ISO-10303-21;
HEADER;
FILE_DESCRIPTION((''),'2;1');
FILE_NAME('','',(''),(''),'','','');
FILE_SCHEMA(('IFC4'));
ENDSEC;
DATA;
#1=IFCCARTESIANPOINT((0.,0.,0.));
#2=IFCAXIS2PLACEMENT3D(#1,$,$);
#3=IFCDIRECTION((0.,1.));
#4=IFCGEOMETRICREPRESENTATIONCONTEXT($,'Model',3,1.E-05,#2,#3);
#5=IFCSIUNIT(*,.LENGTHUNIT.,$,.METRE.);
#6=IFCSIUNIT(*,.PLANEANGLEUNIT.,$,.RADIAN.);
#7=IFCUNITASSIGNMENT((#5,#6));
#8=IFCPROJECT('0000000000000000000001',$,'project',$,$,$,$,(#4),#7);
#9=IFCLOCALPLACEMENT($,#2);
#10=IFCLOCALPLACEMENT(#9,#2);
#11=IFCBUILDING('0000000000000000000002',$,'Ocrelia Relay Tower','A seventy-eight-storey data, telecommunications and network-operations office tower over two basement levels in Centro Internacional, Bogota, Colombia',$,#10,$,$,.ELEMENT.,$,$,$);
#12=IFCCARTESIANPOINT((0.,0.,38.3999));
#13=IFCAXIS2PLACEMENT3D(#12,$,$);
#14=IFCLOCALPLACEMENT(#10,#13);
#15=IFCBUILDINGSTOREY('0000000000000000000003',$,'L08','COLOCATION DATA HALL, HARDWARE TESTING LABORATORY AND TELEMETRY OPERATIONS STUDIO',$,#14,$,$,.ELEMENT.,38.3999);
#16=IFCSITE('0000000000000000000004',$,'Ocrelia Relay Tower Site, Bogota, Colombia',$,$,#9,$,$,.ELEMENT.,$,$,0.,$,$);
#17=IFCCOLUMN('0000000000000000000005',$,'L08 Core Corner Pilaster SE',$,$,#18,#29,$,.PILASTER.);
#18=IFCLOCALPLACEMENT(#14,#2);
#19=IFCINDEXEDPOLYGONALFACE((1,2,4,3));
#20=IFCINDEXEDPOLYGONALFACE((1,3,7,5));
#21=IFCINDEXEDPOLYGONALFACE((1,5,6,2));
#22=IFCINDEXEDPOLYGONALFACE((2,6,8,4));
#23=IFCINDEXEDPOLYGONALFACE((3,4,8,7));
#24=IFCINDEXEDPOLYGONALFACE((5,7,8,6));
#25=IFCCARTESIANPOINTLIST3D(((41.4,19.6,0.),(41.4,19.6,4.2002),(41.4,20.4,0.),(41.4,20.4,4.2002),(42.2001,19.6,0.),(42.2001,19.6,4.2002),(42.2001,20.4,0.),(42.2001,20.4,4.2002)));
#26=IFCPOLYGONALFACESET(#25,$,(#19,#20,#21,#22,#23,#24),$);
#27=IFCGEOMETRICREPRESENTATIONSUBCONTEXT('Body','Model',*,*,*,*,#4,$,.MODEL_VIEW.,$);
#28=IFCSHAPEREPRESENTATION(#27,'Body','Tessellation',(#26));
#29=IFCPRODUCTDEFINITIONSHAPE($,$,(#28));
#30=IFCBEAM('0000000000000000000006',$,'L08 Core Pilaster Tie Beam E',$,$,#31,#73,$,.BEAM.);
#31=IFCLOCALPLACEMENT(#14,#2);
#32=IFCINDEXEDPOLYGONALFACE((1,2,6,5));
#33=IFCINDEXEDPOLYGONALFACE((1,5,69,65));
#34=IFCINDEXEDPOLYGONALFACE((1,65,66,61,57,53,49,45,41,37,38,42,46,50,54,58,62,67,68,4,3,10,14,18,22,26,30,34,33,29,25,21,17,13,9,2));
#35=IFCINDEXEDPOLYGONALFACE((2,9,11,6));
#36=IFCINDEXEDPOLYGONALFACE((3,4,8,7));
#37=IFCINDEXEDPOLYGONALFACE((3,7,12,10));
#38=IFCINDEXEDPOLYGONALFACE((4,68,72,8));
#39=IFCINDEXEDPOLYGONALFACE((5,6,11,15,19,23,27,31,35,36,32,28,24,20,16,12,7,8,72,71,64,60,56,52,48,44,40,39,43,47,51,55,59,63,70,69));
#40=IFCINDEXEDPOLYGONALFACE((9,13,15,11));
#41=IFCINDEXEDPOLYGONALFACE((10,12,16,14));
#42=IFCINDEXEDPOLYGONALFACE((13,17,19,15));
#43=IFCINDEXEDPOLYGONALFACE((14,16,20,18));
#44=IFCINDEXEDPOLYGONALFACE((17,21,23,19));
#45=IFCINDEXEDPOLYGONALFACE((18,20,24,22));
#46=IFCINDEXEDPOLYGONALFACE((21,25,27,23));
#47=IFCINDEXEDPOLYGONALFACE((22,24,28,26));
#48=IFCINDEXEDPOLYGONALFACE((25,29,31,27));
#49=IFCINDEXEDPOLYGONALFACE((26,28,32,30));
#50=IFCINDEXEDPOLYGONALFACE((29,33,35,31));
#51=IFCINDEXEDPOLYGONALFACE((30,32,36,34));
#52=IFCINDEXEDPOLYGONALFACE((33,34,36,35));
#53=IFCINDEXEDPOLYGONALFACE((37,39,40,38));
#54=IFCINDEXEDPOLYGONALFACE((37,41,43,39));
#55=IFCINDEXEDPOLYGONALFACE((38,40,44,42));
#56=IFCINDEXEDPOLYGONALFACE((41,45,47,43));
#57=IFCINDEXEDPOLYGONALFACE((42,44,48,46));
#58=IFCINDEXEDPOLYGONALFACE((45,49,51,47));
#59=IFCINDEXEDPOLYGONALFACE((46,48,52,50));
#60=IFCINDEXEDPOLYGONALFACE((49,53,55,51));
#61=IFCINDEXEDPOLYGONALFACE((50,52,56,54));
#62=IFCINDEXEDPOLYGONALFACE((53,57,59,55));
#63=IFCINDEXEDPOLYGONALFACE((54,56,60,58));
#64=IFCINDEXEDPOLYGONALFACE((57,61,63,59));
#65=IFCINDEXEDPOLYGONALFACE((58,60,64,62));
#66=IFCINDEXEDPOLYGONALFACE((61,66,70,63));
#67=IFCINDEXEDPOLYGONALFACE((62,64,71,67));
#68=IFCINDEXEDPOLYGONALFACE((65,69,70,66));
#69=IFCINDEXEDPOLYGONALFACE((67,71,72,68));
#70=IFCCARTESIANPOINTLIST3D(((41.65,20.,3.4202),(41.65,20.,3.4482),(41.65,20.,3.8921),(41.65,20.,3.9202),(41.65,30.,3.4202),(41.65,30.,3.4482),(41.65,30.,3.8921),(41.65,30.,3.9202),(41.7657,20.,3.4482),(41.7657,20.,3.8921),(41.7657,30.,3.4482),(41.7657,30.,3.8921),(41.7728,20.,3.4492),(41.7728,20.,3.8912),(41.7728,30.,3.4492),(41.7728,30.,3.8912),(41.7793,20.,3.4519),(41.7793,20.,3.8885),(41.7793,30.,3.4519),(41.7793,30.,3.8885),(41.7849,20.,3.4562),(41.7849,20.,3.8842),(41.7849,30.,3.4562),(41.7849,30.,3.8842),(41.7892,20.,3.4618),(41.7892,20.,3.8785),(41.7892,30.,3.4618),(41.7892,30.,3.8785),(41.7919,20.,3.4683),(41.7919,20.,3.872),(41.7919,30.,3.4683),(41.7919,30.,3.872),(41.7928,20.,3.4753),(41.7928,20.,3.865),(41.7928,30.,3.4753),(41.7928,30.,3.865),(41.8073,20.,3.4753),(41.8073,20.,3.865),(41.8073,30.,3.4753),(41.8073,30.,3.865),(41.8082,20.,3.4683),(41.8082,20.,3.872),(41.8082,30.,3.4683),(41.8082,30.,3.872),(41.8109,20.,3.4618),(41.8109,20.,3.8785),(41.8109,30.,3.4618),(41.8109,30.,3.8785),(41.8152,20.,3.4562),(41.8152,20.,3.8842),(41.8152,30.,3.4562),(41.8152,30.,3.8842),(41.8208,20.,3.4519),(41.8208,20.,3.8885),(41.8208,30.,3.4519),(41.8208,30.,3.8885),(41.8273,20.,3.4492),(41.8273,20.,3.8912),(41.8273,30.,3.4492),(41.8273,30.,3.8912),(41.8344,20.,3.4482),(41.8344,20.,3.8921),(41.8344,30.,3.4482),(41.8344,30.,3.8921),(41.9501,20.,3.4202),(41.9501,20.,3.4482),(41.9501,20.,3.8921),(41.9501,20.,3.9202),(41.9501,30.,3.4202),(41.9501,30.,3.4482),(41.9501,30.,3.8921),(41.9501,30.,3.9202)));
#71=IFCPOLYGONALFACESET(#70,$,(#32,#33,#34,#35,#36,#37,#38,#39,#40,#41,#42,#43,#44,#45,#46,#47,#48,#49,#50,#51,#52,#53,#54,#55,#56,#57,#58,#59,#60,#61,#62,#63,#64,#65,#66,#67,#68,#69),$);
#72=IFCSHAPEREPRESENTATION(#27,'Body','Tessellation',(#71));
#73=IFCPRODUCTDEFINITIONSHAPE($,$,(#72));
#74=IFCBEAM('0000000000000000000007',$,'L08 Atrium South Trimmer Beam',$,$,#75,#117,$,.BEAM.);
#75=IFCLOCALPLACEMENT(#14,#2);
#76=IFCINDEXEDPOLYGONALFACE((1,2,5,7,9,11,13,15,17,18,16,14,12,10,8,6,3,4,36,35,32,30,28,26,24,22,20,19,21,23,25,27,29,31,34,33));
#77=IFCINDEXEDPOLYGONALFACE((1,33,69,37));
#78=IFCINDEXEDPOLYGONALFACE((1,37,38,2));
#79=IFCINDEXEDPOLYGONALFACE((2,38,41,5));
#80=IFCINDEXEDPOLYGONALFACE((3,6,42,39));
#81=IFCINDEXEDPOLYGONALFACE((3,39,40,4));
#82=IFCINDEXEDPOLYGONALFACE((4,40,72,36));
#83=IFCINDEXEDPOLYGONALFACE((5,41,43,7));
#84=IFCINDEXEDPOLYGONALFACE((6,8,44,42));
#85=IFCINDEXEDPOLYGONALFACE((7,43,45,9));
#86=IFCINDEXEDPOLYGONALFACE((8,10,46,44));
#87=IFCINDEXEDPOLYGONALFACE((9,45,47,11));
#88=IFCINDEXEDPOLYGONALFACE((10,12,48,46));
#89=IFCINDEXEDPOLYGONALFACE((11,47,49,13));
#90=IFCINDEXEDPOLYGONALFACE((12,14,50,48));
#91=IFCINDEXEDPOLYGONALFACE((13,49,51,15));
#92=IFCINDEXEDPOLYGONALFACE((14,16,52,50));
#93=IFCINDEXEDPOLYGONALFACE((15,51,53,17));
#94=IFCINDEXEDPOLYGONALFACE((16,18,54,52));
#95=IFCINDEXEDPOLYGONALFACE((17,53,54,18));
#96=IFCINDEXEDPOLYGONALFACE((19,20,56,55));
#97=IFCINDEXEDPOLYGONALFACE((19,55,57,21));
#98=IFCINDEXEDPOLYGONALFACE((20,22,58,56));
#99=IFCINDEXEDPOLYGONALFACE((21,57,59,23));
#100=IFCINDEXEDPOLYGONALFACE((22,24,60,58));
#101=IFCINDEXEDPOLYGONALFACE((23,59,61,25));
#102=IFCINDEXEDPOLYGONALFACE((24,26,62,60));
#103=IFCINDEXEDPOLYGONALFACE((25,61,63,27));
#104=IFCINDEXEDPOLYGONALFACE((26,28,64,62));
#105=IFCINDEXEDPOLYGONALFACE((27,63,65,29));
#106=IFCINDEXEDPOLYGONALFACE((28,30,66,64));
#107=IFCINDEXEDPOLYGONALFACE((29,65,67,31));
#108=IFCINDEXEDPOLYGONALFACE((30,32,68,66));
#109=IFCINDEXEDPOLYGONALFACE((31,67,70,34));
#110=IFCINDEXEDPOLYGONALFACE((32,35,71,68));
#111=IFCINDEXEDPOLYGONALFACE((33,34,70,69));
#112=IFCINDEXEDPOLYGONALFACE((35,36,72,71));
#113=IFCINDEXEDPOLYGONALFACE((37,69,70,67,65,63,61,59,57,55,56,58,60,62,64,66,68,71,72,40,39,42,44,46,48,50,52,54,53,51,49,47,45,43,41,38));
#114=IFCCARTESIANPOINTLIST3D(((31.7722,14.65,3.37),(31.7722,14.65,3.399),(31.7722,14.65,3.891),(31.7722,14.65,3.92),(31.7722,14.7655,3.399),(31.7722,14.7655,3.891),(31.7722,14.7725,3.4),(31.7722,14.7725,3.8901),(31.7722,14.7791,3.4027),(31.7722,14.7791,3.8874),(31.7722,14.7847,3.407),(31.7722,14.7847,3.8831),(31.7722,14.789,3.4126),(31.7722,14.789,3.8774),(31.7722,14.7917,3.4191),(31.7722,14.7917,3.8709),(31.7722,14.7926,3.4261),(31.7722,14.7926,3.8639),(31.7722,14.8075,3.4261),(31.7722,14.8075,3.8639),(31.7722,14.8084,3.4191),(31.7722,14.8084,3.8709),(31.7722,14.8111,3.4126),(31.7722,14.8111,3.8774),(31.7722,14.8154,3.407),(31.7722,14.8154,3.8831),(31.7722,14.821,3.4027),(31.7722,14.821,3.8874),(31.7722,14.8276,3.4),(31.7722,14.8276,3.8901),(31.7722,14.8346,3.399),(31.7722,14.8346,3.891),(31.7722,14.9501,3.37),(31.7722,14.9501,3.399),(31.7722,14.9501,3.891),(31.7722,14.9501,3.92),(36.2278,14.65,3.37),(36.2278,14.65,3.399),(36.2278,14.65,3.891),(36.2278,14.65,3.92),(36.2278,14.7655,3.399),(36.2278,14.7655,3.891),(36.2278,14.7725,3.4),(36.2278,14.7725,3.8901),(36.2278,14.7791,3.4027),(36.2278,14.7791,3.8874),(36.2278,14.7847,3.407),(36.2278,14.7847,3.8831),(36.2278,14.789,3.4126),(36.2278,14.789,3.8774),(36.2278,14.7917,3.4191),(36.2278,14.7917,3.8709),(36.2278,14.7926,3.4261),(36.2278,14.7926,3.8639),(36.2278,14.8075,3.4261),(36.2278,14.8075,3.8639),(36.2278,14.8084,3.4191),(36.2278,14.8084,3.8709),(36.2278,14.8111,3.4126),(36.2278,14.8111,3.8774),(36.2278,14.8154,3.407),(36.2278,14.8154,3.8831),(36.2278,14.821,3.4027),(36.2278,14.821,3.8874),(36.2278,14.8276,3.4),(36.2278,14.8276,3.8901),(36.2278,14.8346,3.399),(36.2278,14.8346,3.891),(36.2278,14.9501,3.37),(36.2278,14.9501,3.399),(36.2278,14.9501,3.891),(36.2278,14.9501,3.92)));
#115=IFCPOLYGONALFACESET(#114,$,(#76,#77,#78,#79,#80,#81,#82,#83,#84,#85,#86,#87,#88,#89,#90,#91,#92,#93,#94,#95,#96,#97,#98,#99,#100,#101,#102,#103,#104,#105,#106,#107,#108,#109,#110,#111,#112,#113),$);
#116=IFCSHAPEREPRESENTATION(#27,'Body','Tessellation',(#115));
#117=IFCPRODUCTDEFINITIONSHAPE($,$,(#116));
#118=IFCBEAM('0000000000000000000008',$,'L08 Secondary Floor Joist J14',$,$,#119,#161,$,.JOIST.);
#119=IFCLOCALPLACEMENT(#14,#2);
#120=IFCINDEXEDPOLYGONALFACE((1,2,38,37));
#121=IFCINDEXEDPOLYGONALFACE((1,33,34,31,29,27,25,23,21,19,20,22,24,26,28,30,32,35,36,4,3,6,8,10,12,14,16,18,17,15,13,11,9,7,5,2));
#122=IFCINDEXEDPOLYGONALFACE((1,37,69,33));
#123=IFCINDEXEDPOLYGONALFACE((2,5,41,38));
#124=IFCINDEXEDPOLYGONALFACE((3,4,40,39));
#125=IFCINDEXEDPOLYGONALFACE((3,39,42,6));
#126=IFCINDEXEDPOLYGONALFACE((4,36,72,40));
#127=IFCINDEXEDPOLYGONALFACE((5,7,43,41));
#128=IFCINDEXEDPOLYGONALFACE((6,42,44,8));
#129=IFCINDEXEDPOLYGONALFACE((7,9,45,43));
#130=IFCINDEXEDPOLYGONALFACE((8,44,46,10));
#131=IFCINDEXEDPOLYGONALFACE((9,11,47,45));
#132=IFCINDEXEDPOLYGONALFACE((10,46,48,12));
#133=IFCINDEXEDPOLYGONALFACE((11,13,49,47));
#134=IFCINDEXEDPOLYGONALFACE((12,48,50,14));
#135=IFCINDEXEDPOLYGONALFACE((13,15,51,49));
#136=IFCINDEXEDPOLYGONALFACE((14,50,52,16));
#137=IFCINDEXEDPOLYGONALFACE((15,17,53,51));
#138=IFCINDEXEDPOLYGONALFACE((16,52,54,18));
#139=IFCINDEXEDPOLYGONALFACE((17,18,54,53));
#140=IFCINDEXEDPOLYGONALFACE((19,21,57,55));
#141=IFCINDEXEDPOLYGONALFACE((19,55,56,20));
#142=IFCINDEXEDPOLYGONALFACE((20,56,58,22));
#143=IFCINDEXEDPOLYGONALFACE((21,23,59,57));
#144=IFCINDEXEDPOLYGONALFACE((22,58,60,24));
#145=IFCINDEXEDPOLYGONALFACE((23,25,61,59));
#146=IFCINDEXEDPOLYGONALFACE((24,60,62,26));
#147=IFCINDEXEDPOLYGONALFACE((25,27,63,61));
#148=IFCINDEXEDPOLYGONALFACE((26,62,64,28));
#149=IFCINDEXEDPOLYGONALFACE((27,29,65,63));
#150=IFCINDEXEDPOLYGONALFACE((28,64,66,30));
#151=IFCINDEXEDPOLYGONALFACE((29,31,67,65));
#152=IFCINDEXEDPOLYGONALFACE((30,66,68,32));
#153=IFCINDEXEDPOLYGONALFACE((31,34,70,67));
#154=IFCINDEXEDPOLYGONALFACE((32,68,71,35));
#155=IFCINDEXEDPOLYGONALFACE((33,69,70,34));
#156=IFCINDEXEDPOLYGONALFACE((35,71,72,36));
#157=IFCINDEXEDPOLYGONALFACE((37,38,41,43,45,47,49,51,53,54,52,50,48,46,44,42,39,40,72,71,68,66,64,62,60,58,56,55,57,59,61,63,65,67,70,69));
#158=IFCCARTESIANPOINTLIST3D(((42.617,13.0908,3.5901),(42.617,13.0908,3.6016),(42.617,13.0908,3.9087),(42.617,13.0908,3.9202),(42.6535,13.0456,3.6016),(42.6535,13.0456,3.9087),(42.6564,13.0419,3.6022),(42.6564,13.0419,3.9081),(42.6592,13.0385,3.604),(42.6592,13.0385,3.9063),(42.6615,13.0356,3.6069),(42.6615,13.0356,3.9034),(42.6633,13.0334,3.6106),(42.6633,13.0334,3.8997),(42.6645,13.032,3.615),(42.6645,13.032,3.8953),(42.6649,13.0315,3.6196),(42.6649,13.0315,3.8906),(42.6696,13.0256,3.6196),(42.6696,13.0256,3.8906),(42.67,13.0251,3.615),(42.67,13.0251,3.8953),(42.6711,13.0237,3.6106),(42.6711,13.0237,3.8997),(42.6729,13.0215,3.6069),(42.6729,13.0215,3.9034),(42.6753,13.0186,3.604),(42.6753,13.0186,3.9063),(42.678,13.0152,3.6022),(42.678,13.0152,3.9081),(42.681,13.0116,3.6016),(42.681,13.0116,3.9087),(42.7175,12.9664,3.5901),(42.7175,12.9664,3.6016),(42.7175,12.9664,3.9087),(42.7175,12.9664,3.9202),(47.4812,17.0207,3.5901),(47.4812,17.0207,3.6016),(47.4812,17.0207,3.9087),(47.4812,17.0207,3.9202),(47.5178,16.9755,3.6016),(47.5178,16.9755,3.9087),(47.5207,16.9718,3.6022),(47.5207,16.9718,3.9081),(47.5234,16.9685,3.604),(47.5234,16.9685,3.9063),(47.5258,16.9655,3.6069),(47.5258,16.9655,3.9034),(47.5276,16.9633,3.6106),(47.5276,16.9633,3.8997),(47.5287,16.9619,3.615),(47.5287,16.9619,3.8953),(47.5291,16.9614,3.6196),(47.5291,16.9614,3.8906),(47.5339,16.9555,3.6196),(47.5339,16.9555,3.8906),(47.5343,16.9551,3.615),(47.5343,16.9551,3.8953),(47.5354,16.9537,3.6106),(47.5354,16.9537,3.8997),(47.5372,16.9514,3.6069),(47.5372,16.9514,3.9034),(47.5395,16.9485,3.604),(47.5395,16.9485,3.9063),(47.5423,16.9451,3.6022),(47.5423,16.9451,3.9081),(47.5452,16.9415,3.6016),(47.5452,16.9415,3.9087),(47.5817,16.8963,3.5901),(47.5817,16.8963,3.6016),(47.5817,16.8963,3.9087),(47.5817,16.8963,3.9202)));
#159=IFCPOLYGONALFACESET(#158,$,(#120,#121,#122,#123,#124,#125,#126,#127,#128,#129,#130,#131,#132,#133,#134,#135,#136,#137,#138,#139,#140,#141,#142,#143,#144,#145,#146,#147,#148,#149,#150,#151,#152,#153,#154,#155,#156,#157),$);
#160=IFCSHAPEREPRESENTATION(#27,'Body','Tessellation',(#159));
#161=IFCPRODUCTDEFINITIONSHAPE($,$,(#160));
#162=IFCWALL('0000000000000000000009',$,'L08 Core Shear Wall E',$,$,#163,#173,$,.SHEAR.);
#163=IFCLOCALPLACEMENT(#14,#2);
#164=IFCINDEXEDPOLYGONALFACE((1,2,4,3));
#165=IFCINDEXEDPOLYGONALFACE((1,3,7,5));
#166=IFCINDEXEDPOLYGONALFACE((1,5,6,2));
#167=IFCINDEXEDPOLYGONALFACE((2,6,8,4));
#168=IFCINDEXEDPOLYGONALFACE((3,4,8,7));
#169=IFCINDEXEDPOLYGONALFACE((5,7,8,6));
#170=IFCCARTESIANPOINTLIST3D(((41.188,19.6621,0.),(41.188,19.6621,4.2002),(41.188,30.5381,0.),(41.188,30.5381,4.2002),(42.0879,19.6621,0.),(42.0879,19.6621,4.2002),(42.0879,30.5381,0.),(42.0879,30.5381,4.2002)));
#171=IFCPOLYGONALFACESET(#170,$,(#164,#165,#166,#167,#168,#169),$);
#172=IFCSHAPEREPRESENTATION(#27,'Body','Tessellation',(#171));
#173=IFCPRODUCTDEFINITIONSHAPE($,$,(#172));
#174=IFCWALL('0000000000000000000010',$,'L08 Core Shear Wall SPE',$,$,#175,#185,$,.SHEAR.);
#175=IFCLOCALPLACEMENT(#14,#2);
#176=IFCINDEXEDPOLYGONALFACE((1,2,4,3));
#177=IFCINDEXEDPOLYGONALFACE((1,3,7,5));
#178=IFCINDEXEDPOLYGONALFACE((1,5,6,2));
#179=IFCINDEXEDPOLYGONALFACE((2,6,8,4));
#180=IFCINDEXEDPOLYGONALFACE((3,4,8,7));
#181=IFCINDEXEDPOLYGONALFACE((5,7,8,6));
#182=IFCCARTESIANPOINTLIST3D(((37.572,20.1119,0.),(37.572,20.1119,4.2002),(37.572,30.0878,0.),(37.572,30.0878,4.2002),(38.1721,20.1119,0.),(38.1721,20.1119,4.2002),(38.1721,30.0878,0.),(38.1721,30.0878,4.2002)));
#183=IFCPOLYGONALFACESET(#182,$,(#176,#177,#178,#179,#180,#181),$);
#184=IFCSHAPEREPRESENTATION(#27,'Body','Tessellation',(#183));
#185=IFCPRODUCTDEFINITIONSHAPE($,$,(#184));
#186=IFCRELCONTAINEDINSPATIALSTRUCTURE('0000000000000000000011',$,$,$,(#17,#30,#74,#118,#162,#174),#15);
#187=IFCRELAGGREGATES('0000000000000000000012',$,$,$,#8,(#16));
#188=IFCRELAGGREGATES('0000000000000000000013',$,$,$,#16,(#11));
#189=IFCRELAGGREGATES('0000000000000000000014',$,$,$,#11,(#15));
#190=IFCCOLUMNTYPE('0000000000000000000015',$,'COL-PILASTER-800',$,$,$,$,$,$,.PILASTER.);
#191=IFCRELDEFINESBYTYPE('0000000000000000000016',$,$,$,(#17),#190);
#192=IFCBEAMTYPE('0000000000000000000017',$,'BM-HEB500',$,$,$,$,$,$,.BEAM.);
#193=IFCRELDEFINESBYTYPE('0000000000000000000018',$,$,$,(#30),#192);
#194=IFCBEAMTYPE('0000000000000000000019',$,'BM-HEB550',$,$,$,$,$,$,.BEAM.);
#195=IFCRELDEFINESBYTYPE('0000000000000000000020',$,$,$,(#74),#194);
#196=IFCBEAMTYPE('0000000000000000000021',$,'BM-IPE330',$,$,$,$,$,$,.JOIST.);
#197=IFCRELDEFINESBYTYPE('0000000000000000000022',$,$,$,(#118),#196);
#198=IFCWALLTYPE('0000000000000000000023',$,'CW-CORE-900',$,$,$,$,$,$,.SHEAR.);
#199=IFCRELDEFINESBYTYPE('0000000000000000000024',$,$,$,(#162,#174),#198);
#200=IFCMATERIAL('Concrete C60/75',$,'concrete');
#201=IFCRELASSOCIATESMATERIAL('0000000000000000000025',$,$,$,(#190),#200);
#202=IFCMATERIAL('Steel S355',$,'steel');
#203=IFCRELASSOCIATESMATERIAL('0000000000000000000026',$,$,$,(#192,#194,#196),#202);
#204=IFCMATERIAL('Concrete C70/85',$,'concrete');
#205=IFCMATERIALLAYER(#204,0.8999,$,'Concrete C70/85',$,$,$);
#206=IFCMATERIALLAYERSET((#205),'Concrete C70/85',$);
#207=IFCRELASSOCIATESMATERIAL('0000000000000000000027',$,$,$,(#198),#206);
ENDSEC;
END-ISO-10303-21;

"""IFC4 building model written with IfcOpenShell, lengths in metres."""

from ifc_helpers import new_model, si_unit, direction, frame, frame_2d, origin, origin_2d, place, context, subcontext, project, spatial, rectangle, i_section, extrude, material, layer, layer_set, material_profile, profile_set, type_object, element, save


model = new_model("IFC4")

# Units and contexts
model_context = context("Model", 3, precision=1e-05, world=origin(), true_north=direction((0.0, 1.0)))
body_context = subcontext(model_context, "Body", "Model", "MODEL_VIEW")
ifc_project = project(units=[si_unit("LENGTHUNIT", "METRE"), si_unit("PLANEANGLEUNIT", "RADIAN")], contexts=[model_context])

# Site, building, storey
site_placement = place(None, origin())
site = spatial("IfcSite", under=ifc_project, at=site_placement, Name="Ocrelia Relay Tower Site, Bogota, Colombia", CompositionType="ELEMENT", RefElevation=0.0)
building_placement = place(site_placement, origin())
building = spatial("IfcBuilding", under=site, at=building_placement, Name="Ocrelia Relay Tower", Description="A seventy-eight-storey data, telecommunications and network-operations office tower over two basement levels in Centro Internacional, Bogota, Colombia", CompositionType="ELEMENT")
storey_placement = place(building_placement, frame((0.0, 0.0, 38.3999)))
storey = spatial("IfcBuildingStorey", under=building, at=storey_placement, Name="L08", Description="COLOCATION DATA HALL, HARDWARE TESTING LABORATORY AND TELEMETRY OPERATIONS STUDIO", CompositionType="ELEMENT", Elevation=38.3999)

# Column
ifc_material_1 = material(Name="Concrete C60/75", Category="concrete")
ifc_material_profile_1 = material_profile(ifc_material_1, rectangle(XDim=0.8, YDim=0.8, at=origin_2d()), Name="RC-COL-800x800")
ifc_profile_set_1 = profile_set([ifc_material_profile_1], Name="Concrete C60/75")
column_type = type_object("IfcColumnType", Name="COL-PILASTER-800", PredefinedType="PILASTER", material=ifc_profile_set_1)
column_placement = place(storey_placement, frame((41.8, 20.0, 0.0), z_axis=(0.0, 0.0, 1.0), x_axis=(1.0, 0.0, 0.0)))
element("IfcColumn", 1, at=column_placement, inside=storey, type_object=column_type, Name="L08 Core Corner Pilaster SE", PredefinedType="PILASTER", context=body_context, shape_type="SweptSolid", body=[
    extrude(rectangle(XDim=0.8, YDim=0.8, at=origin_2d()), origin(), (0.0, 0.0, 1.0), 4.2002),
])

# Beams
ifc_material_2 = material(Name="Steel S355", Category="steel")
ifc_material_profile_2 = material_profile(ifc_material_2, i_section(OverallWidth=0.3, OverallDepth=0.5, WebThickness=0.0144, FlangeThickness=0.0281, FilletRadius=0.0271, at=origin_2d()), Name="HEB 500")
ifc_profile_set_2 = profile_set([ifc_material_profile_2], Name="Steel S355")
beam_type_1 = type_object("IfcBeamType", Name="BM-HEB500", PredefinedType="BEAM", material=ifc_profile_set_2)
beam_1_placement = place(storey_placement, frame((41.8, 20.0, 3.6702), z_axis=(0.0, 1.0, 0.0), x_axis=(-1.0, 0.0, 0.0)))
element("IfcBeam", 2, at=beam_1_placement, inside=storey, type_object=beam_type_1, Name="L08 Core Pilaster Tie Beam E", PredefinedType="BEAM", context=body_context, shape_type="SweptSolid", body=[
    extrude(i_section(OverallWidth=0.3, OverallDepth=0.5, WebThickness=0.0144, FlangeThickness=0.0281, FilletRadius=0.0271, at=origin_2d()), origin(), (0.0, 0.0, 1.0), 10.0),
])
ifc_material_profile_3 = material_profile(ifc_material_2, i_section(OverallWidth=0.3, OverallDepth=0.55, WebThickness=0.0149, FlangeThickness=0.0291, FilletRadius=0.0271, at=origin_2d()), Name="HEB 550")
ifc_profile_set_3 = profile_set([ifc_material_profile_3], Name="Steel S355")
beam_type_2 = type_object("IfcBeamType", Name="BM-HEB550", PredefinedType="BEAM", material=ifc_profile_set_3)
beam_2_placement = place(storey_placement, frame((31.7722, 14.8, 3.645), z_axis=(1.0, 0.0, 0.0), x_axis=(0.0, 1.0, 0.0)))
element("IfcBeam", 3, at=beam_2_placement, inside=storey, type_object=beam_type_2, Name="L08 Atrium South Trimmer Beam", PredefinedType="BEAM", context=body_context, shape_type="SweptSolid", body=[
    extrude(i_section(OverallWidth=0.3, OverallDepth=0.55, WebThickness=0.0149, FlangeThickness=0.0291, FilletRadius=0.0271, at=origin_2d()), origin(), (0.0, 0.0, 1.0), 4.4556),
])
ifc_material_profile_4 = material_profile(ifc_material_2, i_section(OverallWidth=0.1599, OverallDepth=0.3301, WebThickness=0.0076, FlangeThickness=0.0115, FilletRadius=0.0181, at=origin_2d()), Name="IPE 330")
ifc_profile_set_4 = profile_set([ifc_material_profile_4], Name="Steel S355")
beam_type_3 = type_object("IfcBeamType", Name="BM-IPE330", PredefinedType="JOIST", material=ifc_profile_set_4)
beam_3_placement = place(storey_placement, frame((42.6672, 13.0286, 3.7551), z_axis=(0.777855, 0.628444, 0.0), x_axis=(-0.628444, 0.777855, 0.0)))
element("IfcBeam", 4, at=beam_3_placement, inside=storey, type_object=beam_type_3, Name="L08 Secondary Floor Joist J14", PredefinedType="JOIST", context=body_context, shape_type="SweptSolid", body=[
    extrude(i_section(OverallWidth=0.1599, OverallDepth=0.3301, WebThickness=0.0076, FlangeThickness=0.0115, FilletRadius=0.0181, at=origin_2d()), origin(), (0.0, 0.0, 1.0), 6.2534),
])

# Walls
ifc_material_3 = material(Name="Concrete C70/85", Category="concrete")
ifc_layer_1 = layer(ifc_material_3, 0.8999, Name="Concrete C70/85")
ifc_layer_set_1 = layer_set([ifc_layer_1], Name="Concrete C70/85")
wall_type_1 = type_object("IfcWallType", Name="CW-CORE-900", PredefinedType="SHEAR", material=ifc_layer_set_1)
wall_1_placement = place(storey_placement, frame((41.6379, 19.6621, 0.0), z_axis=(0.0, 0.0, 1.0), x_axis=(0.0, 1.0, 0.0)))
element("IfcWall", 5, at=wall_1_placement, inside=storey, type_object=wall_type_1, Name="L08 Core Shear Wall E", PredefinedType="SHEAR", context=body_context, shape_type="SweptSolid", body=[
    extrude(rectangle(XDim=10.876, YDim=0.8999, at=frame_2d((5.438, 0.0))), origin(), (0.0, 0.0, 1.0), 4.2002),
])
wall_2_placement = place(storey_placement, frame((37.8721, 20.1121, 0.0), z_axis=(0.0, 0.0, 1.0), x_axis=(0.0, 1.0, 0.0)))
element("IfcWall", 6, at=wall_2_placement, inside=storey, type_object=wall_type_1, Name="L08 Core Shear Wall SPE", PredefinedType="SHEAR", context=body_context, shape_type="SweptSolid", body=[
    extrude(rectangle(XDim=9.9758, YDim=0.6001, at=frame_2d((4.9878, 0.0))), origin(), (0.0, 0.0, 1.0), 4.2002),
])

save(model, "model.ifc")
